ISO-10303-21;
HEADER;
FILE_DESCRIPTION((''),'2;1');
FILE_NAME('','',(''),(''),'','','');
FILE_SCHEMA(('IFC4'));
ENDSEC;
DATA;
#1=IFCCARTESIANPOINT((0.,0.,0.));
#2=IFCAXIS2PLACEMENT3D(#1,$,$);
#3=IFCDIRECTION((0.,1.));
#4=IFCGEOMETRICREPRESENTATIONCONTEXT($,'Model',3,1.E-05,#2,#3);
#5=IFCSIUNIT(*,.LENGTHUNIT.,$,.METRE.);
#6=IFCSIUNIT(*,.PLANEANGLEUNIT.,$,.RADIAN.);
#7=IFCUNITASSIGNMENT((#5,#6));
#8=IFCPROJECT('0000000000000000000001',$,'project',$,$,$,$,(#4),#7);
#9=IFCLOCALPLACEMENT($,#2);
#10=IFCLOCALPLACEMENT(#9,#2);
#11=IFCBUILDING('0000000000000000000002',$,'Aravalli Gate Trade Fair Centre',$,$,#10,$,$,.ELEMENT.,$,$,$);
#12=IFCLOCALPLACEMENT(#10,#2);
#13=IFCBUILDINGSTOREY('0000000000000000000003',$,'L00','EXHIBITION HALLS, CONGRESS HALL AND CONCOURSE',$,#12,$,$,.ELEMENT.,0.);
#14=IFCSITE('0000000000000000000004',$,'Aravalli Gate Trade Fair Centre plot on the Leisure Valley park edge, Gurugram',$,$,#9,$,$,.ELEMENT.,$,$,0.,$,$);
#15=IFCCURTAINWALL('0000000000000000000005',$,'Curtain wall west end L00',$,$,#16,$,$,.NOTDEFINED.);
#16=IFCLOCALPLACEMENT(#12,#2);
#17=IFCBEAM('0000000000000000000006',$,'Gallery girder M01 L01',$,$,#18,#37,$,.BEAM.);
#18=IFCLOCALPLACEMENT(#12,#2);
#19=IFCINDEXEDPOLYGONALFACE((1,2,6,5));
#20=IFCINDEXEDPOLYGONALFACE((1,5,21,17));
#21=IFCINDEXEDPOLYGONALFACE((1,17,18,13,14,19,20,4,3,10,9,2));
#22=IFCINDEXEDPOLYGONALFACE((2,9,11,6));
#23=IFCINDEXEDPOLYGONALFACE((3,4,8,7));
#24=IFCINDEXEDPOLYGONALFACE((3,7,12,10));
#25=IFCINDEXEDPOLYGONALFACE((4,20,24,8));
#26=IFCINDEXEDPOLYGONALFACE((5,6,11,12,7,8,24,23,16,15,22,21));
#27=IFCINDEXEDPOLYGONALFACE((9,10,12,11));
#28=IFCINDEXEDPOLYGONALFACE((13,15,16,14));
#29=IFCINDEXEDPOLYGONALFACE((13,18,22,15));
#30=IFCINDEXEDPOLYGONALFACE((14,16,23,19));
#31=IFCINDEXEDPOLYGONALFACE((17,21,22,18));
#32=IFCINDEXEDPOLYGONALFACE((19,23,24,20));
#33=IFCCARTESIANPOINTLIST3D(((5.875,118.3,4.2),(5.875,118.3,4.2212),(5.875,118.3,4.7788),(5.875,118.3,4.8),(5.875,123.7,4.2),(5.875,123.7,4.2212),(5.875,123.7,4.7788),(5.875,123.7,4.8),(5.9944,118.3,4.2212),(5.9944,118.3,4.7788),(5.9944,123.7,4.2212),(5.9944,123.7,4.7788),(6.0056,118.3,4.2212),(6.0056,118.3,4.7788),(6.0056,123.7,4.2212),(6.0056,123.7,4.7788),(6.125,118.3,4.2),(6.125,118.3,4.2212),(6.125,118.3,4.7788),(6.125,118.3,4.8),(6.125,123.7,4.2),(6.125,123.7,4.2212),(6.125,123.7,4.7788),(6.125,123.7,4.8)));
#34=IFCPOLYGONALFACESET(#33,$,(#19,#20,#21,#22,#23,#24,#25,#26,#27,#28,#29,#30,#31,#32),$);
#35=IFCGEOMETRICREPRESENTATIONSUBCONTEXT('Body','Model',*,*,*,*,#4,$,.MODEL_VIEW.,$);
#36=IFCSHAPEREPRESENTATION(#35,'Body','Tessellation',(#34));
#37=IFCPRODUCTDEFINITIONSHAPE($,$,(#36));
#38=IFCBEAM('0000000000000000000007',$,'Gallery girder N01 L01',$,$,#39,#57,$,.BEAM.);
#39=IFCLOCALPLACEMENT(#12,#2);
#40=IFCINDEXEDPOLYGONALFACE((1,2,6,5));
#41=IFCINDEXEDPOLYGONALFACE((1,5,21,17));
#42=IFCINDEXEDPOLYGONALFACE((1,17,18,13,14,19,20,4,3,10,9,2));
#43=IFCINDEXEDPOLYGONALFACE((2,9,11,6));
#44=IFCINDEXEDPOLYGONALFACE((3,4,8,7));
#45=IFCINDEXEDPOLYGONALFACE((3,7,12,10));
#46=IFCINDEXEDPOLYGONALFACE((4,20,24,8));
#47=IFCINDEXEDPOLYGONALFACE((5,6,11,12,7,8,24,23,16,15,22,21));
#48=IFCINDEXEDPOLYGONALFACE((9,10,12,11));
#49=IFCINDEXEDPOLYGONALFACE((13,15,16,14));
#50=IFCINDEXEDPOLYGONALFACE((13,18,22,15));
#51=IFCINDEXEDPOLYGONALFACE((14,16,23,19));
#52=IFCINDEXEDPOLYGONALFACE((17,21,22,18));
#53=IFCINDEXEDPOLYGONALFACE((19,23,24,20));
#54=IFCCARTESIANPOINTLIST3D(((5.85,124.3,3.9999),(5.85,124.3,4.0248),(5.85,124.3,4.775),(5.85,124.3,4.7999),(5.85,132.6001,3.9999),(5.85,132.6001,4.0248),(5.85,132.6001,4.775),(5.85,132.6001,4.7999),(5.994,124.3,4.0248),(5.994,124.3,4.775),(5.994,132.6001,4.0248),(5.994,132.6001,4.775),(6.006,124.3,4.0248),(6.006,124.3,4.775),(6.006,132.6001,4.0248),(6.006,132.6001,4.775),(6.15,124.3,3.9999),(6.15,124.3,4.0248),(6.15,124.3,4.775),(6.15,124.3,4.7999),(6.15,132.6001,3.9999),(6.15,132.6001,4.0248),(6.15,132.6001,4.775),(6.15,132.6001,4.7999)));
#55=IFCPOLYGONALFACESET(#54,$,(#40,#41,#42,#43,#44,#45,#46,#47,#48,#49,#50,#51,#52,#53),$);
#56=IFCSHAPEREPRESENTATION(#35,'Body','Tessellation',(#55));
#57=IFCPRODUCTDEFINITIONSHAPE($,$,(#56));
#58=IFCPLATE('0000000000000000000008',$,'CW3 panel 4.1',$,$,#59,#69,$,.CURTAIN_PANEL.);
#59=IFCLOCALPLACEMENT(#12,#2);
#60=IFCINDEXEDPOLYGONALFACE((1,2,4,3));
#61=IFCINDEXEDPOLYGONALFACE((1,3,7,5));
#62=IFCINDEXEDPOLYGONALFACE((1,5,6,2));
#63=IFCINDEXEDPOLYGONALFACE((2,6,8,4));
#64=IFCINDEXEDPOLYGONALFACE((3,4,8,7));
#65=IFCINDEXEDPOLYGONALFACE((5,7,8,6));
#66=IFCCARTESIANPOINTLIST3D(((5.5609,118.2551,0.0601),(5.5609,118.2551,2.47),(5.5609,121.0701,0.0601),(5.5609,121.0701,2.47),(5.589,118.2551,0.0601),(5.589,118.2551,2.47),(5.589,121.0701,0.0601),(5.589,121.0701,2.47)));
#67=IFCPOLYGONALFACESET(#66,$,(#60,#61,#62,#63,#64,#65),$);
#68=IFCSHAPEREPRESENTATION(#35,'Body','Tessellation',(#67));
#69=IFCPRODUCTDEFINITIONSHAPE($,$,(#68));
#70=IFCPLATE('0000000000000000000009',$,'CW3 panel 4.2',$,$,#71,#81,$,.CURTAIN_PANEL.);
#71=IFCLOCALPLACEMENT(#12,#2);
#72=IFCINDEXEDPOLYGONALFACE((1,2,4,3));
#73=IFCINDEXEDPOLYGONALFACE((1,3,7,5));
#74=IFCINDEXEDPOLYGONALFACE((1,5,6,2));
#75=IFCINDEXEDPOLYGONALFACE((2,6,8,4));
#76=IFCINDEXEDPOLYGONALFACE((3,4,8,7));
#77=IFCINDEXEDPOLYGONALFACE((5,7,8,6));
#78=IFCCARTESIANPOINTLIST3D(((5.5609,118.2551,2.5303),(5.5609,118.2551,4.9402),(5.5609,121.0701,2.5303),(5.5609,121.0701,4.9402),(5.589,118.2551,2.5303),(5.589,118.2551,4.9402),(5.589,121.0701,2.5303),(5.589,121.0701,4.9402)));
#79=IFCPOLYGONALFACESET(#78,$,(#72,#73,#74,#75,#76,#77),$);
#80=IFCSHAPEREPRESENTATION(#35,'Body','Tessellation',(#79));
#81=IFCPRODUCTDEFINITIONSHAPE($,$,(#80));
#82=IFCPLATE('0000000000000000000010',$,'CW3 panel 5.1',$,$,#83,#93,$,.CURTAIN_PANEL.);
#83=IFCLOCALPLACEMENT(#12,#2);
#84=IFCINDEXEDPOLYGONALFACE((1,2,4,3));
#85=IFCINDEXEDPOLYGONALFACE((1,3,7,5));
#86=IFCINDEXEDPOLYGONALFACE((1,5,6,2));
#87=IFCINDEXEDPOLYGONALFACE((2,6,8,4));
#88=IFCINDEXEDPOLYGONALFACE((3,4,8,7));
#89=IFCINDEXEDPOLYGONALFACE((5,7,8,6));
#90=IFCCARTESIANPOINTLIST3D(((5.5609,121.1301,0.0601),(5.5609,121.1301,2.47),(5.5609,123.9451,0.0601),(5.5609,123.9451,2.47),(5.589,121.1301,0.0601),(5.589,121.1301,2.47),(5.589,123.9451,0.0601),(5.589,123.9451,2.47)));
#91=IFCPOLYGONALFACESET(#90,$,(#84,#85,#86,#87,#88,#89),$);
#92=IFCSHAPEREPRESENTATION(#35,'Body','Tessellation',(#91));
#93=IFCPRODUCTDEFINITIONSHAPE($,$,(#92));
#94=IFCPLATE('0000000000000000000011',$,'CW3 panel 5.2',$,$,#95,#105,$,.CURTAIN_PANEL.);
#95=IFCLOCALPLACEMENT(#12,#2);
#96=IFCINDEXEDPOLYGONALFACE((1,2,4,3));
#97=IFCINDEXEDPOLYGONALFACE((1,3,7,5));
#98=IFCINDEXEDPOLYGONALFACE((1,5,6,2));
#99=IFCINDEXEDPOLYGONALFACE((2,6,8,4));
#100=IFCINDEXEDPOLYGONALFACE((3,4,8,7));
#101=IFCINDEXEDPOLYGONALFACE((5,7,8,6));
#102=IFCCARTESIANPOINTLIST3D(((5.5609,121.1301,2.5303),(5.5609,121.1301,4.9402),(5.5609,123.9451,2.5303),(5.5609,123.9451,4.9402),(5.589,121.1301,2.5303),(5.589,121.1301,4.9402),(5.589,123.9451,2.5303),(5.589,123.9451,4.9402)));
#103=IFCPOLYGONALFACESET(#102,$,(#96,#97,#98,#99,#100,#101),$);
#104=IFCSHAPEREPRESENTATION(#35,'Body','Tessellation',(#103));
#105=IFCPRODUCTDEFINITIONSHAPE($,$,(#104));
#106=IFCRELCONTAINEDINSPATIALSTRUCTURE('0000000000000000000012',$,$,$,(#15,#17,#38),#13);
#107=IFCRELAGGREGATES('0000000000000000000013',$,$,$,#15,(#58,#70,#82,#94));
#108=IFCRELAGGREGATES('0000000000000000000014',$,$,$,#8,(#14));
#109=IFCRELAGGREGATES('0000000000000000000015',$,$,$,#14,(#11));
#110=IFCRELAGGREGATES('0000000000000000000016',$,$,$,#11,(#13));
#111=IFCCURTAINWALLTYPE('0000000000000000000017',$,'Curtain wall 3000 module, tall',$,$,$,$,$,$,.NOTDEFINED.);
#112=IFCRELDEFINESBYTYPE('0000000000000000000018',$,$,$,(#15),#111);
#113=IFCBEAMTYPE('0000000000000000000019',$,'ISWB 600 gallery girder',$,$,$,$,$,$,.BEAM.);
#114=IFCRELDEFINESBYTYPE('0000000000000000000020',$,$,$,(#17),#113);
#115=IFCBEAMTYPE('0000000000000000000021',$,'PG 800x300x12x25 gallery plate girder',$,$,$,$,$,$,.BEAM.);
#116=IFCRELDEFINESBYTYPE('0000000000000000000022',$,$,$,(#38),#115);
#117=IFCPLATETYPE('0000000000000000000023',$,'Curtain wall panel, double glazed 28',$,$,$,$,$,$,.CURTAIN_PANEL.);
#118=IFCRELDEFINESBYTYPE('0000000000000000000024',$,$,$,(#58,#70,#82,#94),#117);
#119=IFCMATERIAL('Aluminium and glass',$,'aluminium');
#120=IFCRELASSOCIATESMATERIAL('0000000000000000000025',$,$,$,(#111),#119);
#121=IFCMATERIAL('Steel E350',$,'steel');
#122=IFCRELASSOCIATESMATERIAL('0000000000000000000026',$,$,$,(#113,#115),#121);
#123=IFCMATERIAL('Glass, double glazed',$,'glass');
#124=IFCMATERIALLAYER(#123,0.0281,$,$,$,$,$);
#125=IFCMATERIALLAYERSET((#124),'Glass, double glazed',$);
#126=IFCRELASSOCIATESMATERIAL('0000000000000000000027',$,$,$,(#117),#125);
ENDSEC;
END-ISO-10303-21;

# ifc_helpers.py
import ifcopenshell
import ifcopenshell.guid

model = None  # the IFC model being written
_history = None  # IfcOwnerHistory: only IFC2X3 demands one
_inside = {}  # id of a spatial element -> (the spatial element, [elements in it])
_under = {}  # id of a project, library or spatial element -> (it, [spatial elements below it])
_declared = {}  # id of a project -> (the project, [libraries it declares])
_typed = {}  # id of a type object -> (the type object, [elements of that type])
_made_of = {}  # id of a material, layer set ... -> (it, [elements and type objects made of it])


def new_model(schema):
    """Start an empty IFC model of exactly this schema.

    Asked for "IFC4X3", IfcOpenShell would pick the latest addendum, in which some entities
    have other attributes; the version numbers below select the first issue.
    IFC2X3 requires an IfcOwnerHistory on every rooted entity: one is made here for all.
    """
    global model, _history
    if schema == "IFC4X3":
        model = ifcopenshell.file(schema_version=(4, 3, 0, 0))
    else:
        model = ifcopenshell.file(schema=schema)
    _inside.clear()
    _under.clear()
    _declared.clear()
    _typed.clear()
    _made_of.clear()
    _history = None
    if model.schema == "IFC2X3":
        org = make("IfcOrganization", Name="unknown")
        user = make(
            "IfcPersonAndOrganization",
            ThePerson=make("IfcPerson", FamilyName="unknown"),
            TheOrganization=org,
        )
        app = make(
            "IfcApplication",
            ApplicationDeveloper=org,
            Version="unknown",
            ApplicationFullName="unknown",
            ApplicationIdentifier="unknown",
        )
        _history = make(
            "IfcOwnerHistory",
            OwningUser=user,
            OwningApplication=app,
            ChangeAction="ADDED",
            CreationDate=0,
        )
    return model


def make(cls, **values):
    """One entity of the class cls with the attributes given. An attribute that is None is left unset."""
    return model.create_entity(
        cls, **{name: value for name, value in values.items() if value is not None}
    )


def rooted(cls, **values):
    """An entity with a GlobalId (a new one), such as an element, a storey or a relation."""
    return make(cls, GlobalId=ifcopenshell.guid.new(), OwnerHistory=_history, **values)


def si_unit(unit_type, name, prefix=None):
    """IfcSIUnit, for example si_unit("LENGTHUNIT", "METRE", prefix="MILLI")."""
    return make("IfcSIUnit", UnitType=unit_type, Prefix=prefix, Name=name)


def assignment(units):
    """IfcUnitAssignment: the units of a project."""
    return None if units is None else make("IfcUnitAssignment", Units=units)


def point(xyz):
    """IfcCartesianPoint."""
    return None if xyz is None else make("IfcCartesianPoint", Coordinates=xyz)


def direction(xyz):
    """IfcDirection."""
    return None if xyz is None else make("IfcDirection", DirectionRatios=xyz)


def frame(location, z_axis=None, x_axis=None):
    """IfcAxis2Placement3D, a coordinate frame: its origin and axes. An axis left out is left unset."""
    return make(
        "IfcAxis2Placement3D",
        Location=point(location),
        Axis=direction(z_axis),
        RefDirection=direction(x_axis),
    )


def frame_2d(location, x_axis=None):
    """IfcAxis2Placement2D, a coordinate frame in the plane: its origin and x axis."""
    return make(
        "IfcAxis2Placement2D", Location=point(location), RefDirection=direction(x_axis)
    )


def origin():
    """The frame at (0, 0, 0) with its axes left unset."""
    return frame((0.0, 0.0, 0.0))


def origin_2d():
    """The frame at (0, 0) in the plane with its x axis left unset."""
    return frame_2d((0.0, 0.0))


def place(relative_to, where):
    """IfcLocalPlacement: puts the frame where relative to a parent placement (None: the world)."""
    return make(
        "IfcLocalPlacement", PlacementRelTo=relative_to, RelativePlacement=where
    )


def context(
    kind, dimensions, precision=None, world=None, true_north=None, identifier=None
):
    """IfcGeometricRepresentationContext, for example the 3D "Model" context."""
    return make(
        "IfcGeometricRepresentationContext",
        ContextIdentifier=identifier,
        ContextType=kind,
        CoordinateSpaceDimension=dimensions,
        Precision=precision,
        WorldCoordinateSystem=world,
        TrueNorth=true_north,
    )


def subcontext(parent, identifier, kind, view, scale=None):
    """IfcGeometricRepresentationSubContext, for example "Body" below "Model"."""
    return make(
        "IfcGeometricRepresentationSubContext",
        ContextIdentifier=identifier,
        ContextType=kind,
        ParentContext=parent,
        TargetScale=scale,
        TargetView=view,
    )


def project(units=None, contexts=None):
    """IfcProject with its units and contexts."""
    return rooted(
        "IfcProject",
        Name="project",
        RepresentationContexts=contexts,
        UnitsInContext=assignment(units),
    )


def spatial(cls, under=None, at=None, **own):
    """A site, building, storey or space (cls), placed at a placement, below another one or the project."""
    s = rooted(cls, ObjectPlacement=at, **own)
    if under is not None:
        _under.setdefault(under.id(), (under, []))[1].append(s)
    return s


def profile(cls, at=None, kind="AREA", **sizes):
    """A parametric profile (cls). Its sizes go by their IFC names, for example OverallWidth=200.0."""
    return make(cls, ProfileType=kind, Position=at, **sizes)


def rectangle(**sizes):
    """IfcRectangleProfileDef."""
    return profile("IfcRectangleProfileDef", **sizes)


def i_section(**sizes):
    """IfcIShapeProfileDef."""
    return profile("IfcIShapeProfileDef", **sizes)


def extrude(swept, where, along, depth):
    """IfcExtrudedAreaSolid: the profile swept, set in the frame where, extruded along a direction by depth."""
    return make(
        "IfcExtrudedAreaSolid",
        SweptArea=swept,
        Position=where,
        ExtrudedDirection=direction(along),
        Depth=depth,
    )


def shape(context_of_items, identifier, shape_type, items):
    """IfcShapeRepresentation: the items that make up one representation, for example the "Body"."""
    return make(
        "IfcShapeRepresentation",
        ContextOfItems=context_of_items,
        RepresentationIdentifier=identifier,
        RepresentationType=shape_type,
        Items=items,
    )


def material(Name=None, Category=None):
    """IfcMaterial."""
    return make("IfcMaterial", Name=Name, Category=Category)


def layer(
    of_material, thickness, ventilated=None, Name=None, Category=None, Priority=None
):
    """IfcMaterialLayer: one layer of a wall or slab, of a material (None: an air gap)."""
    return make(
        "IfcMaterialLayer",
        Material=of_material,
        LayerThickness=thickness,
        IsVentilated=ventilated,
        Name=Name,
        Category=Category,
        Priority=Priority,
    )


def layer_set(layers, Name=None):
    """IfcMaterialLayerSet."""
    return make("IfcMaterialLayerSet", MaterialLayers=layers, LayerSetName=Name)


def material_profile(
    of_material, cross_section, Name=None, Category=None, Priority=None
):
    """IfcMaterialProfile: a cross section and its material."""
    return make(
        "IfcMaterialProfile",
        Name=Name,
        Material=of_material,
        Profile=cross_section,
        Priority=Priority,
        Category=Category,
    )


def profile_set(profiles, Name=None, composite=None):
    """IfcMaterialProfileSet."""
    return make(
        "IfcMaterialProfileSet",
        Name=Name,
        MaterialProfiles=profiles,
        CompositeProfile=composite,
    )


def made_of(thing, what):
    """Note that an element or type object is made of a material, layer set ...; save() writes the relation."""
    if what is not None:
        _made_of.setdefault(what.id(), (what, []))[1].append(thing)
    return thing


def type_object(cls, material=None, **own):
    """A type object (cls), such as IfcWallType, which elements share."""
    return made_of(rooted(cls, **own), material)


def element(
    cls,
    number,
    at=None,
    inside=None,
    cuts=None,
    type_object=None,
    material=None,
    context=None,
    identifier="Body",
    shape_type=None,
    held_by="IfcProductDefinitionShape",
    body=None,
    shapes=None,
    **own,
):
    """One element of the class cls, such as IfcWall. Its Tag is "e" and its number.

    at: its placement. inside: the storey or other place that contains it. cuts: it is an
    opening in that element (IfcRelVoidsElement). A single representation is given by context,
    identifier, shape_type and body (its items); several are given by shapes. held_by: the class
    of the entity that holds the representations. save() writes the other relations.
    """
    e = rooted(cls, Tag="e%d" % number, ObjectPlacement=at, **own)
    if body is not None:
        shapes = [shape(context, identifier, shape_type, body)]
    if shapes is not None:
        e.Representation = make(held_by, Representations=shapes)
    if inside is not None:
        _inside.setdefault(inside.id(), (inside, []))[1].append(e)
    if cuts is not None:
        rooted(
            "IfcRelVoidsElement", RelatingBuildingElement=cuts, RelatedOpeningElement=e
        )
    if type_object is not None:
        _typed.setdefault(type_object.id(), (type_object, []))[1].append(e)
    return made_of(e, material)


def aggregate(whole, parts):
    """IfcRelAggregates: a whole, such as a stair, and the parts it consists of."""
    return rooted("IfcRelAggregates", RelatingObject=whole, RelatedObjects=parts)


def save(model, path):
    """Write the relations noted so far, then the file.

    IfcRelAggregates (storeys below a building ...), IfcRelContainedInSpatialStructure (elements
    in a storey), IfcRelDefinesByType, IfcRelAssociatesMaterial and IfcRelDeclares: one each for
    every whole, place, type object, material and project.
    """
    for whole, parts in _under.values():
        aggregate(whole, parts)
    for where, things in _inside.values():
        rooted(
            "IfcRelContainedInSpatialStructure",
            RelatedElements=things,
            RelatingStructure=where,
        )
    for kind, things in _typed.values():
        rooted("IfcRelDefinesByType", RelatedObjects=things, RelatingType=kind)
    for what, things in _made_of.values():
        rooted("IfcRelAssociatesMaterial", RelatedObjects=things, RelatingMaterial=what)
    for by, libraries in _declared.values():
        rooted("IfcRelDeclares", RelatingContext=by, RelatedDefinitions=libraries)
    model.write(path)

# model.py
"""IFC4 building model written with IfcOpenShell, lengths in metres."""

from ifc_helpers import new_model, si_unit, direction, frame, origin, origin_2d, place, context, subcontext, project, spatial, rectangle, i_section, extrude, material, layer, layer_set, material_profile, profile_set, type_object, element, aggregate, save


model = new_model("IFC4")

# Units and contexts
model_context = context("Model", 3, precision=1e-05, world=origin(), true_north=direction((0.0, 1.0)))
body_context = subcontext(model_context, "Body", "Model", "MODEL_VIEW")
ifc_project = project(units=[si_unit("LENGTHUNIT", "METRE"), si_unit("PLANEANGLEUNIT", "RADIAN")], contexts=[model_context])

# Site, building, storey
site_placement = place(None, origin())
site = spatial("IfcSite", under=ifc_project, at=site_placement, Name="Aravalli Gate Trade Fair Centre plot on the Leisure Valley park edge, Gurugram", CompositionType="ELEMENT", RefElevation=0.0)
building_placement = place(site_placement, origin())
building = spatial("IfcBuilding", under=site, at=building_placement, Name="Aravalli Gate Trade Fair Centre", CompositionType="ELEMENT")
storey_placement = place(building_placement, origin())
storey = spatial("IfcBuildingStorey", under=building, at=storey_placement, Name="L00", Description="EXHIBITION HALLS, CONGRESS HALL AND CONCOURSE", CompositionType="ELEMENT", Elevation=0.0)

# Curtain wall
ifc_material_1 = material(Name="Aluminium and glass", Category="aluminium")
curtain_wall_type = type_object("IfcCurtainWallType", Name="Curtain wall 3000 module, tall", PredefinedType="NOTDEFINED", material=ifc_material_1)
curtain_wall_placement = place(storey_placement, origin())
curtain_wall = element("IfcCurtainWall", 1, at=curtain_wall_placement, inside=storey, type_object=curtain_wall_type, Name="Curtain wall west end L00", PredefinedType="NOTDEFINED")

# Beams
ifc_material_2 = material(Name="Steel E350", Category="steel")
ifc_material_profile_1 = material_profile(ifc_material_2, i_section(OverallWidth=0.25, OverallDepth=0.6001, WebThickness=0.0112, FlangeThickness=0.0212, at=origin_2d()), Name="ISWB 600")
ifc_profile_set_1 = profile_set([ifc_material_profile_1], Name="Steel E350")
beam_type_1 = type_object("IfcBeamType", Name="ISWB 600 gallery girder", PredefinedType="BEAM", material=ifc_profile_set_1)
beam_1_placement = place(storey_placement, frame((6.0, 118.3, 4.5), z_axis=(0.0, 1.0, 0.0), x_axis=(-1.0, 0.0, 0.0)))
element("IfcBeam", 2, at=beam_1_placement, inside=storey, type_object=beam_type_1, Name="Gallery girder M01 L01", PredefinedType="BEAM", context=body_context, shape_type="SweptSolid", body=[
    extrude(i_section(OverallWidth=0.25, OverallDepth=0.6001, WebThickness=0.0112, FlangeThickness=0.0212, at=origin_2d()), origin(), (0.0, 0.0, 1.0), 5.3999),
])
ifc_material_profile_2 = material_profile(ifc_material_2, i_section(OverallWidth=0.3, OverallDepth=0.8, WebThickness=0.012, FlangeThickness=0.0249, at=origin_2d()), Name="PG 800x300x12x25")
ifc_profile_set_2 = profile_set([ifc_material_profile_2], Name="Steel E350")
beam_type_2 = type_object("IfcBeamType", Name="PG 800x300x12x25 gallery plate girder", PredefinedType="BEAM", material=ifc_profile_set_2)
beam_2_placement = place(storey_placement, frame((6.0, 124.3, 4.3999), z_axis=(0.0, 1.0, 0.0), x_axis=(-1.0, 0.0, 0.0)))
element("IfcBeam", 3, at=beam_2_placement, inside=storey, type_object=beam_type_2, Name="Gallery girder N01 L01", PredefinedType="BEAM", context=body_context, shape_type="SweptSolid", body=[
    extrude(i_section(OverallWidth=0.3, OverallDepth=0.8, WebThickness=0.012, FlangeThickness=0.0249, at=origin_2d()), origin(), (0.0, 0.0, 1.0), 8.3),
])

# Plates
ifc_material_3 = material(Name="Glass, double glazed", Category="glass")
ifc_layer = layer(ifc_material_3, 0.0281)
ifc_layer_set = layer_set([ifc_layer], Name="Glass, double glazed")
plate_type = type_object("IfcPlateType", Name="Curtain wall panel, double glazed 28", PredefinedType="CURTAIN_PANEL", material=ifc_layer_set)
plate_1_placement = place(storey_placement, frame((5.575, 119.6626, 0.0601), z_axis=(0.0, 0.0, 1.0), x_axis=(0.0, 1.0, 0.0)))
plate_1 = element("IfcPlate", 4, at=plate_1_placement, type_object=plate_type, Name="CW3 panel 4.1", PredefinedType="CURTAIN_PANEL", context=body_context, shape_type="SweptSolid", body=[
    extrude(rectangle(XDim=2.8149, YDim=0.0281, at=origin_2d()), origin(), (0.0, 0.0, 1.0), 2.4099),
])
plate_2_placement = place(storey_placement, frame((5.575, 119.6626, 2.5303), z_axis=(0.0, 0.0, 1.0), x_axis=(0.0, 1.0, 0.0)))
plate_2 = element("IfcPlate", 5, at=plate_2_placement, type_object=plate_type, Name="CW3 panel 4.2", PredefinedType="CURTAIN_PANEL", context=body_context, shape_type="SweptSolid", body=[
    extrude(rectangle(XDim=2.8149, YDim=0.0281, at=origin_2d()), origin(), (0.0, 0.0, 1.0), 2.4099),
])
plate_3_placement = place(storey_placement, frame((5.575, 122.5376, 0.0601), z_axis=(0.0, 0.0, 1.0), x_axis=(0.0, 1.0, 0.0)))
plate_3 = element("IfcPlate", 6, at=plate_3_placement, type_object=plate_type, Name="CW3 panel 5.1", PredefinedType="CURTAIN_PANEL", context=body_context, shape_type="SweptSolid", body=[
    extrude(rectangle(XDim=2.8149, YDim=0.0281, at=origin_2d()), origin(), (0.0, 0.0, 1.0), 2.4099),
])
plate_4_placement = place(storey_placement, frame((5.575, 122.5376, 2.5303), z_axis=(0.0, 0.0, 1.0), x_axis=(0.0, 1.0, 0.0)))
plate_4 = element("IfcPlate", 7, at=plate_4_placement, type_object=plate_type, Name="CW3 panel 5.2", PredefinedType="CURTAIN_PANEL", context=body_context, shape_type="SweptSolid", body=[
    extrude(rectangle(XDim=2.8149, YDim=0.0281, at=origin_2d()), origin(), (0.0, 0.0, 1.0), 2.4099),
])
aggregate(curtain_wall, [plate_1, plate_2, plate_3, plate_4])

save(model, "model.ifc")
